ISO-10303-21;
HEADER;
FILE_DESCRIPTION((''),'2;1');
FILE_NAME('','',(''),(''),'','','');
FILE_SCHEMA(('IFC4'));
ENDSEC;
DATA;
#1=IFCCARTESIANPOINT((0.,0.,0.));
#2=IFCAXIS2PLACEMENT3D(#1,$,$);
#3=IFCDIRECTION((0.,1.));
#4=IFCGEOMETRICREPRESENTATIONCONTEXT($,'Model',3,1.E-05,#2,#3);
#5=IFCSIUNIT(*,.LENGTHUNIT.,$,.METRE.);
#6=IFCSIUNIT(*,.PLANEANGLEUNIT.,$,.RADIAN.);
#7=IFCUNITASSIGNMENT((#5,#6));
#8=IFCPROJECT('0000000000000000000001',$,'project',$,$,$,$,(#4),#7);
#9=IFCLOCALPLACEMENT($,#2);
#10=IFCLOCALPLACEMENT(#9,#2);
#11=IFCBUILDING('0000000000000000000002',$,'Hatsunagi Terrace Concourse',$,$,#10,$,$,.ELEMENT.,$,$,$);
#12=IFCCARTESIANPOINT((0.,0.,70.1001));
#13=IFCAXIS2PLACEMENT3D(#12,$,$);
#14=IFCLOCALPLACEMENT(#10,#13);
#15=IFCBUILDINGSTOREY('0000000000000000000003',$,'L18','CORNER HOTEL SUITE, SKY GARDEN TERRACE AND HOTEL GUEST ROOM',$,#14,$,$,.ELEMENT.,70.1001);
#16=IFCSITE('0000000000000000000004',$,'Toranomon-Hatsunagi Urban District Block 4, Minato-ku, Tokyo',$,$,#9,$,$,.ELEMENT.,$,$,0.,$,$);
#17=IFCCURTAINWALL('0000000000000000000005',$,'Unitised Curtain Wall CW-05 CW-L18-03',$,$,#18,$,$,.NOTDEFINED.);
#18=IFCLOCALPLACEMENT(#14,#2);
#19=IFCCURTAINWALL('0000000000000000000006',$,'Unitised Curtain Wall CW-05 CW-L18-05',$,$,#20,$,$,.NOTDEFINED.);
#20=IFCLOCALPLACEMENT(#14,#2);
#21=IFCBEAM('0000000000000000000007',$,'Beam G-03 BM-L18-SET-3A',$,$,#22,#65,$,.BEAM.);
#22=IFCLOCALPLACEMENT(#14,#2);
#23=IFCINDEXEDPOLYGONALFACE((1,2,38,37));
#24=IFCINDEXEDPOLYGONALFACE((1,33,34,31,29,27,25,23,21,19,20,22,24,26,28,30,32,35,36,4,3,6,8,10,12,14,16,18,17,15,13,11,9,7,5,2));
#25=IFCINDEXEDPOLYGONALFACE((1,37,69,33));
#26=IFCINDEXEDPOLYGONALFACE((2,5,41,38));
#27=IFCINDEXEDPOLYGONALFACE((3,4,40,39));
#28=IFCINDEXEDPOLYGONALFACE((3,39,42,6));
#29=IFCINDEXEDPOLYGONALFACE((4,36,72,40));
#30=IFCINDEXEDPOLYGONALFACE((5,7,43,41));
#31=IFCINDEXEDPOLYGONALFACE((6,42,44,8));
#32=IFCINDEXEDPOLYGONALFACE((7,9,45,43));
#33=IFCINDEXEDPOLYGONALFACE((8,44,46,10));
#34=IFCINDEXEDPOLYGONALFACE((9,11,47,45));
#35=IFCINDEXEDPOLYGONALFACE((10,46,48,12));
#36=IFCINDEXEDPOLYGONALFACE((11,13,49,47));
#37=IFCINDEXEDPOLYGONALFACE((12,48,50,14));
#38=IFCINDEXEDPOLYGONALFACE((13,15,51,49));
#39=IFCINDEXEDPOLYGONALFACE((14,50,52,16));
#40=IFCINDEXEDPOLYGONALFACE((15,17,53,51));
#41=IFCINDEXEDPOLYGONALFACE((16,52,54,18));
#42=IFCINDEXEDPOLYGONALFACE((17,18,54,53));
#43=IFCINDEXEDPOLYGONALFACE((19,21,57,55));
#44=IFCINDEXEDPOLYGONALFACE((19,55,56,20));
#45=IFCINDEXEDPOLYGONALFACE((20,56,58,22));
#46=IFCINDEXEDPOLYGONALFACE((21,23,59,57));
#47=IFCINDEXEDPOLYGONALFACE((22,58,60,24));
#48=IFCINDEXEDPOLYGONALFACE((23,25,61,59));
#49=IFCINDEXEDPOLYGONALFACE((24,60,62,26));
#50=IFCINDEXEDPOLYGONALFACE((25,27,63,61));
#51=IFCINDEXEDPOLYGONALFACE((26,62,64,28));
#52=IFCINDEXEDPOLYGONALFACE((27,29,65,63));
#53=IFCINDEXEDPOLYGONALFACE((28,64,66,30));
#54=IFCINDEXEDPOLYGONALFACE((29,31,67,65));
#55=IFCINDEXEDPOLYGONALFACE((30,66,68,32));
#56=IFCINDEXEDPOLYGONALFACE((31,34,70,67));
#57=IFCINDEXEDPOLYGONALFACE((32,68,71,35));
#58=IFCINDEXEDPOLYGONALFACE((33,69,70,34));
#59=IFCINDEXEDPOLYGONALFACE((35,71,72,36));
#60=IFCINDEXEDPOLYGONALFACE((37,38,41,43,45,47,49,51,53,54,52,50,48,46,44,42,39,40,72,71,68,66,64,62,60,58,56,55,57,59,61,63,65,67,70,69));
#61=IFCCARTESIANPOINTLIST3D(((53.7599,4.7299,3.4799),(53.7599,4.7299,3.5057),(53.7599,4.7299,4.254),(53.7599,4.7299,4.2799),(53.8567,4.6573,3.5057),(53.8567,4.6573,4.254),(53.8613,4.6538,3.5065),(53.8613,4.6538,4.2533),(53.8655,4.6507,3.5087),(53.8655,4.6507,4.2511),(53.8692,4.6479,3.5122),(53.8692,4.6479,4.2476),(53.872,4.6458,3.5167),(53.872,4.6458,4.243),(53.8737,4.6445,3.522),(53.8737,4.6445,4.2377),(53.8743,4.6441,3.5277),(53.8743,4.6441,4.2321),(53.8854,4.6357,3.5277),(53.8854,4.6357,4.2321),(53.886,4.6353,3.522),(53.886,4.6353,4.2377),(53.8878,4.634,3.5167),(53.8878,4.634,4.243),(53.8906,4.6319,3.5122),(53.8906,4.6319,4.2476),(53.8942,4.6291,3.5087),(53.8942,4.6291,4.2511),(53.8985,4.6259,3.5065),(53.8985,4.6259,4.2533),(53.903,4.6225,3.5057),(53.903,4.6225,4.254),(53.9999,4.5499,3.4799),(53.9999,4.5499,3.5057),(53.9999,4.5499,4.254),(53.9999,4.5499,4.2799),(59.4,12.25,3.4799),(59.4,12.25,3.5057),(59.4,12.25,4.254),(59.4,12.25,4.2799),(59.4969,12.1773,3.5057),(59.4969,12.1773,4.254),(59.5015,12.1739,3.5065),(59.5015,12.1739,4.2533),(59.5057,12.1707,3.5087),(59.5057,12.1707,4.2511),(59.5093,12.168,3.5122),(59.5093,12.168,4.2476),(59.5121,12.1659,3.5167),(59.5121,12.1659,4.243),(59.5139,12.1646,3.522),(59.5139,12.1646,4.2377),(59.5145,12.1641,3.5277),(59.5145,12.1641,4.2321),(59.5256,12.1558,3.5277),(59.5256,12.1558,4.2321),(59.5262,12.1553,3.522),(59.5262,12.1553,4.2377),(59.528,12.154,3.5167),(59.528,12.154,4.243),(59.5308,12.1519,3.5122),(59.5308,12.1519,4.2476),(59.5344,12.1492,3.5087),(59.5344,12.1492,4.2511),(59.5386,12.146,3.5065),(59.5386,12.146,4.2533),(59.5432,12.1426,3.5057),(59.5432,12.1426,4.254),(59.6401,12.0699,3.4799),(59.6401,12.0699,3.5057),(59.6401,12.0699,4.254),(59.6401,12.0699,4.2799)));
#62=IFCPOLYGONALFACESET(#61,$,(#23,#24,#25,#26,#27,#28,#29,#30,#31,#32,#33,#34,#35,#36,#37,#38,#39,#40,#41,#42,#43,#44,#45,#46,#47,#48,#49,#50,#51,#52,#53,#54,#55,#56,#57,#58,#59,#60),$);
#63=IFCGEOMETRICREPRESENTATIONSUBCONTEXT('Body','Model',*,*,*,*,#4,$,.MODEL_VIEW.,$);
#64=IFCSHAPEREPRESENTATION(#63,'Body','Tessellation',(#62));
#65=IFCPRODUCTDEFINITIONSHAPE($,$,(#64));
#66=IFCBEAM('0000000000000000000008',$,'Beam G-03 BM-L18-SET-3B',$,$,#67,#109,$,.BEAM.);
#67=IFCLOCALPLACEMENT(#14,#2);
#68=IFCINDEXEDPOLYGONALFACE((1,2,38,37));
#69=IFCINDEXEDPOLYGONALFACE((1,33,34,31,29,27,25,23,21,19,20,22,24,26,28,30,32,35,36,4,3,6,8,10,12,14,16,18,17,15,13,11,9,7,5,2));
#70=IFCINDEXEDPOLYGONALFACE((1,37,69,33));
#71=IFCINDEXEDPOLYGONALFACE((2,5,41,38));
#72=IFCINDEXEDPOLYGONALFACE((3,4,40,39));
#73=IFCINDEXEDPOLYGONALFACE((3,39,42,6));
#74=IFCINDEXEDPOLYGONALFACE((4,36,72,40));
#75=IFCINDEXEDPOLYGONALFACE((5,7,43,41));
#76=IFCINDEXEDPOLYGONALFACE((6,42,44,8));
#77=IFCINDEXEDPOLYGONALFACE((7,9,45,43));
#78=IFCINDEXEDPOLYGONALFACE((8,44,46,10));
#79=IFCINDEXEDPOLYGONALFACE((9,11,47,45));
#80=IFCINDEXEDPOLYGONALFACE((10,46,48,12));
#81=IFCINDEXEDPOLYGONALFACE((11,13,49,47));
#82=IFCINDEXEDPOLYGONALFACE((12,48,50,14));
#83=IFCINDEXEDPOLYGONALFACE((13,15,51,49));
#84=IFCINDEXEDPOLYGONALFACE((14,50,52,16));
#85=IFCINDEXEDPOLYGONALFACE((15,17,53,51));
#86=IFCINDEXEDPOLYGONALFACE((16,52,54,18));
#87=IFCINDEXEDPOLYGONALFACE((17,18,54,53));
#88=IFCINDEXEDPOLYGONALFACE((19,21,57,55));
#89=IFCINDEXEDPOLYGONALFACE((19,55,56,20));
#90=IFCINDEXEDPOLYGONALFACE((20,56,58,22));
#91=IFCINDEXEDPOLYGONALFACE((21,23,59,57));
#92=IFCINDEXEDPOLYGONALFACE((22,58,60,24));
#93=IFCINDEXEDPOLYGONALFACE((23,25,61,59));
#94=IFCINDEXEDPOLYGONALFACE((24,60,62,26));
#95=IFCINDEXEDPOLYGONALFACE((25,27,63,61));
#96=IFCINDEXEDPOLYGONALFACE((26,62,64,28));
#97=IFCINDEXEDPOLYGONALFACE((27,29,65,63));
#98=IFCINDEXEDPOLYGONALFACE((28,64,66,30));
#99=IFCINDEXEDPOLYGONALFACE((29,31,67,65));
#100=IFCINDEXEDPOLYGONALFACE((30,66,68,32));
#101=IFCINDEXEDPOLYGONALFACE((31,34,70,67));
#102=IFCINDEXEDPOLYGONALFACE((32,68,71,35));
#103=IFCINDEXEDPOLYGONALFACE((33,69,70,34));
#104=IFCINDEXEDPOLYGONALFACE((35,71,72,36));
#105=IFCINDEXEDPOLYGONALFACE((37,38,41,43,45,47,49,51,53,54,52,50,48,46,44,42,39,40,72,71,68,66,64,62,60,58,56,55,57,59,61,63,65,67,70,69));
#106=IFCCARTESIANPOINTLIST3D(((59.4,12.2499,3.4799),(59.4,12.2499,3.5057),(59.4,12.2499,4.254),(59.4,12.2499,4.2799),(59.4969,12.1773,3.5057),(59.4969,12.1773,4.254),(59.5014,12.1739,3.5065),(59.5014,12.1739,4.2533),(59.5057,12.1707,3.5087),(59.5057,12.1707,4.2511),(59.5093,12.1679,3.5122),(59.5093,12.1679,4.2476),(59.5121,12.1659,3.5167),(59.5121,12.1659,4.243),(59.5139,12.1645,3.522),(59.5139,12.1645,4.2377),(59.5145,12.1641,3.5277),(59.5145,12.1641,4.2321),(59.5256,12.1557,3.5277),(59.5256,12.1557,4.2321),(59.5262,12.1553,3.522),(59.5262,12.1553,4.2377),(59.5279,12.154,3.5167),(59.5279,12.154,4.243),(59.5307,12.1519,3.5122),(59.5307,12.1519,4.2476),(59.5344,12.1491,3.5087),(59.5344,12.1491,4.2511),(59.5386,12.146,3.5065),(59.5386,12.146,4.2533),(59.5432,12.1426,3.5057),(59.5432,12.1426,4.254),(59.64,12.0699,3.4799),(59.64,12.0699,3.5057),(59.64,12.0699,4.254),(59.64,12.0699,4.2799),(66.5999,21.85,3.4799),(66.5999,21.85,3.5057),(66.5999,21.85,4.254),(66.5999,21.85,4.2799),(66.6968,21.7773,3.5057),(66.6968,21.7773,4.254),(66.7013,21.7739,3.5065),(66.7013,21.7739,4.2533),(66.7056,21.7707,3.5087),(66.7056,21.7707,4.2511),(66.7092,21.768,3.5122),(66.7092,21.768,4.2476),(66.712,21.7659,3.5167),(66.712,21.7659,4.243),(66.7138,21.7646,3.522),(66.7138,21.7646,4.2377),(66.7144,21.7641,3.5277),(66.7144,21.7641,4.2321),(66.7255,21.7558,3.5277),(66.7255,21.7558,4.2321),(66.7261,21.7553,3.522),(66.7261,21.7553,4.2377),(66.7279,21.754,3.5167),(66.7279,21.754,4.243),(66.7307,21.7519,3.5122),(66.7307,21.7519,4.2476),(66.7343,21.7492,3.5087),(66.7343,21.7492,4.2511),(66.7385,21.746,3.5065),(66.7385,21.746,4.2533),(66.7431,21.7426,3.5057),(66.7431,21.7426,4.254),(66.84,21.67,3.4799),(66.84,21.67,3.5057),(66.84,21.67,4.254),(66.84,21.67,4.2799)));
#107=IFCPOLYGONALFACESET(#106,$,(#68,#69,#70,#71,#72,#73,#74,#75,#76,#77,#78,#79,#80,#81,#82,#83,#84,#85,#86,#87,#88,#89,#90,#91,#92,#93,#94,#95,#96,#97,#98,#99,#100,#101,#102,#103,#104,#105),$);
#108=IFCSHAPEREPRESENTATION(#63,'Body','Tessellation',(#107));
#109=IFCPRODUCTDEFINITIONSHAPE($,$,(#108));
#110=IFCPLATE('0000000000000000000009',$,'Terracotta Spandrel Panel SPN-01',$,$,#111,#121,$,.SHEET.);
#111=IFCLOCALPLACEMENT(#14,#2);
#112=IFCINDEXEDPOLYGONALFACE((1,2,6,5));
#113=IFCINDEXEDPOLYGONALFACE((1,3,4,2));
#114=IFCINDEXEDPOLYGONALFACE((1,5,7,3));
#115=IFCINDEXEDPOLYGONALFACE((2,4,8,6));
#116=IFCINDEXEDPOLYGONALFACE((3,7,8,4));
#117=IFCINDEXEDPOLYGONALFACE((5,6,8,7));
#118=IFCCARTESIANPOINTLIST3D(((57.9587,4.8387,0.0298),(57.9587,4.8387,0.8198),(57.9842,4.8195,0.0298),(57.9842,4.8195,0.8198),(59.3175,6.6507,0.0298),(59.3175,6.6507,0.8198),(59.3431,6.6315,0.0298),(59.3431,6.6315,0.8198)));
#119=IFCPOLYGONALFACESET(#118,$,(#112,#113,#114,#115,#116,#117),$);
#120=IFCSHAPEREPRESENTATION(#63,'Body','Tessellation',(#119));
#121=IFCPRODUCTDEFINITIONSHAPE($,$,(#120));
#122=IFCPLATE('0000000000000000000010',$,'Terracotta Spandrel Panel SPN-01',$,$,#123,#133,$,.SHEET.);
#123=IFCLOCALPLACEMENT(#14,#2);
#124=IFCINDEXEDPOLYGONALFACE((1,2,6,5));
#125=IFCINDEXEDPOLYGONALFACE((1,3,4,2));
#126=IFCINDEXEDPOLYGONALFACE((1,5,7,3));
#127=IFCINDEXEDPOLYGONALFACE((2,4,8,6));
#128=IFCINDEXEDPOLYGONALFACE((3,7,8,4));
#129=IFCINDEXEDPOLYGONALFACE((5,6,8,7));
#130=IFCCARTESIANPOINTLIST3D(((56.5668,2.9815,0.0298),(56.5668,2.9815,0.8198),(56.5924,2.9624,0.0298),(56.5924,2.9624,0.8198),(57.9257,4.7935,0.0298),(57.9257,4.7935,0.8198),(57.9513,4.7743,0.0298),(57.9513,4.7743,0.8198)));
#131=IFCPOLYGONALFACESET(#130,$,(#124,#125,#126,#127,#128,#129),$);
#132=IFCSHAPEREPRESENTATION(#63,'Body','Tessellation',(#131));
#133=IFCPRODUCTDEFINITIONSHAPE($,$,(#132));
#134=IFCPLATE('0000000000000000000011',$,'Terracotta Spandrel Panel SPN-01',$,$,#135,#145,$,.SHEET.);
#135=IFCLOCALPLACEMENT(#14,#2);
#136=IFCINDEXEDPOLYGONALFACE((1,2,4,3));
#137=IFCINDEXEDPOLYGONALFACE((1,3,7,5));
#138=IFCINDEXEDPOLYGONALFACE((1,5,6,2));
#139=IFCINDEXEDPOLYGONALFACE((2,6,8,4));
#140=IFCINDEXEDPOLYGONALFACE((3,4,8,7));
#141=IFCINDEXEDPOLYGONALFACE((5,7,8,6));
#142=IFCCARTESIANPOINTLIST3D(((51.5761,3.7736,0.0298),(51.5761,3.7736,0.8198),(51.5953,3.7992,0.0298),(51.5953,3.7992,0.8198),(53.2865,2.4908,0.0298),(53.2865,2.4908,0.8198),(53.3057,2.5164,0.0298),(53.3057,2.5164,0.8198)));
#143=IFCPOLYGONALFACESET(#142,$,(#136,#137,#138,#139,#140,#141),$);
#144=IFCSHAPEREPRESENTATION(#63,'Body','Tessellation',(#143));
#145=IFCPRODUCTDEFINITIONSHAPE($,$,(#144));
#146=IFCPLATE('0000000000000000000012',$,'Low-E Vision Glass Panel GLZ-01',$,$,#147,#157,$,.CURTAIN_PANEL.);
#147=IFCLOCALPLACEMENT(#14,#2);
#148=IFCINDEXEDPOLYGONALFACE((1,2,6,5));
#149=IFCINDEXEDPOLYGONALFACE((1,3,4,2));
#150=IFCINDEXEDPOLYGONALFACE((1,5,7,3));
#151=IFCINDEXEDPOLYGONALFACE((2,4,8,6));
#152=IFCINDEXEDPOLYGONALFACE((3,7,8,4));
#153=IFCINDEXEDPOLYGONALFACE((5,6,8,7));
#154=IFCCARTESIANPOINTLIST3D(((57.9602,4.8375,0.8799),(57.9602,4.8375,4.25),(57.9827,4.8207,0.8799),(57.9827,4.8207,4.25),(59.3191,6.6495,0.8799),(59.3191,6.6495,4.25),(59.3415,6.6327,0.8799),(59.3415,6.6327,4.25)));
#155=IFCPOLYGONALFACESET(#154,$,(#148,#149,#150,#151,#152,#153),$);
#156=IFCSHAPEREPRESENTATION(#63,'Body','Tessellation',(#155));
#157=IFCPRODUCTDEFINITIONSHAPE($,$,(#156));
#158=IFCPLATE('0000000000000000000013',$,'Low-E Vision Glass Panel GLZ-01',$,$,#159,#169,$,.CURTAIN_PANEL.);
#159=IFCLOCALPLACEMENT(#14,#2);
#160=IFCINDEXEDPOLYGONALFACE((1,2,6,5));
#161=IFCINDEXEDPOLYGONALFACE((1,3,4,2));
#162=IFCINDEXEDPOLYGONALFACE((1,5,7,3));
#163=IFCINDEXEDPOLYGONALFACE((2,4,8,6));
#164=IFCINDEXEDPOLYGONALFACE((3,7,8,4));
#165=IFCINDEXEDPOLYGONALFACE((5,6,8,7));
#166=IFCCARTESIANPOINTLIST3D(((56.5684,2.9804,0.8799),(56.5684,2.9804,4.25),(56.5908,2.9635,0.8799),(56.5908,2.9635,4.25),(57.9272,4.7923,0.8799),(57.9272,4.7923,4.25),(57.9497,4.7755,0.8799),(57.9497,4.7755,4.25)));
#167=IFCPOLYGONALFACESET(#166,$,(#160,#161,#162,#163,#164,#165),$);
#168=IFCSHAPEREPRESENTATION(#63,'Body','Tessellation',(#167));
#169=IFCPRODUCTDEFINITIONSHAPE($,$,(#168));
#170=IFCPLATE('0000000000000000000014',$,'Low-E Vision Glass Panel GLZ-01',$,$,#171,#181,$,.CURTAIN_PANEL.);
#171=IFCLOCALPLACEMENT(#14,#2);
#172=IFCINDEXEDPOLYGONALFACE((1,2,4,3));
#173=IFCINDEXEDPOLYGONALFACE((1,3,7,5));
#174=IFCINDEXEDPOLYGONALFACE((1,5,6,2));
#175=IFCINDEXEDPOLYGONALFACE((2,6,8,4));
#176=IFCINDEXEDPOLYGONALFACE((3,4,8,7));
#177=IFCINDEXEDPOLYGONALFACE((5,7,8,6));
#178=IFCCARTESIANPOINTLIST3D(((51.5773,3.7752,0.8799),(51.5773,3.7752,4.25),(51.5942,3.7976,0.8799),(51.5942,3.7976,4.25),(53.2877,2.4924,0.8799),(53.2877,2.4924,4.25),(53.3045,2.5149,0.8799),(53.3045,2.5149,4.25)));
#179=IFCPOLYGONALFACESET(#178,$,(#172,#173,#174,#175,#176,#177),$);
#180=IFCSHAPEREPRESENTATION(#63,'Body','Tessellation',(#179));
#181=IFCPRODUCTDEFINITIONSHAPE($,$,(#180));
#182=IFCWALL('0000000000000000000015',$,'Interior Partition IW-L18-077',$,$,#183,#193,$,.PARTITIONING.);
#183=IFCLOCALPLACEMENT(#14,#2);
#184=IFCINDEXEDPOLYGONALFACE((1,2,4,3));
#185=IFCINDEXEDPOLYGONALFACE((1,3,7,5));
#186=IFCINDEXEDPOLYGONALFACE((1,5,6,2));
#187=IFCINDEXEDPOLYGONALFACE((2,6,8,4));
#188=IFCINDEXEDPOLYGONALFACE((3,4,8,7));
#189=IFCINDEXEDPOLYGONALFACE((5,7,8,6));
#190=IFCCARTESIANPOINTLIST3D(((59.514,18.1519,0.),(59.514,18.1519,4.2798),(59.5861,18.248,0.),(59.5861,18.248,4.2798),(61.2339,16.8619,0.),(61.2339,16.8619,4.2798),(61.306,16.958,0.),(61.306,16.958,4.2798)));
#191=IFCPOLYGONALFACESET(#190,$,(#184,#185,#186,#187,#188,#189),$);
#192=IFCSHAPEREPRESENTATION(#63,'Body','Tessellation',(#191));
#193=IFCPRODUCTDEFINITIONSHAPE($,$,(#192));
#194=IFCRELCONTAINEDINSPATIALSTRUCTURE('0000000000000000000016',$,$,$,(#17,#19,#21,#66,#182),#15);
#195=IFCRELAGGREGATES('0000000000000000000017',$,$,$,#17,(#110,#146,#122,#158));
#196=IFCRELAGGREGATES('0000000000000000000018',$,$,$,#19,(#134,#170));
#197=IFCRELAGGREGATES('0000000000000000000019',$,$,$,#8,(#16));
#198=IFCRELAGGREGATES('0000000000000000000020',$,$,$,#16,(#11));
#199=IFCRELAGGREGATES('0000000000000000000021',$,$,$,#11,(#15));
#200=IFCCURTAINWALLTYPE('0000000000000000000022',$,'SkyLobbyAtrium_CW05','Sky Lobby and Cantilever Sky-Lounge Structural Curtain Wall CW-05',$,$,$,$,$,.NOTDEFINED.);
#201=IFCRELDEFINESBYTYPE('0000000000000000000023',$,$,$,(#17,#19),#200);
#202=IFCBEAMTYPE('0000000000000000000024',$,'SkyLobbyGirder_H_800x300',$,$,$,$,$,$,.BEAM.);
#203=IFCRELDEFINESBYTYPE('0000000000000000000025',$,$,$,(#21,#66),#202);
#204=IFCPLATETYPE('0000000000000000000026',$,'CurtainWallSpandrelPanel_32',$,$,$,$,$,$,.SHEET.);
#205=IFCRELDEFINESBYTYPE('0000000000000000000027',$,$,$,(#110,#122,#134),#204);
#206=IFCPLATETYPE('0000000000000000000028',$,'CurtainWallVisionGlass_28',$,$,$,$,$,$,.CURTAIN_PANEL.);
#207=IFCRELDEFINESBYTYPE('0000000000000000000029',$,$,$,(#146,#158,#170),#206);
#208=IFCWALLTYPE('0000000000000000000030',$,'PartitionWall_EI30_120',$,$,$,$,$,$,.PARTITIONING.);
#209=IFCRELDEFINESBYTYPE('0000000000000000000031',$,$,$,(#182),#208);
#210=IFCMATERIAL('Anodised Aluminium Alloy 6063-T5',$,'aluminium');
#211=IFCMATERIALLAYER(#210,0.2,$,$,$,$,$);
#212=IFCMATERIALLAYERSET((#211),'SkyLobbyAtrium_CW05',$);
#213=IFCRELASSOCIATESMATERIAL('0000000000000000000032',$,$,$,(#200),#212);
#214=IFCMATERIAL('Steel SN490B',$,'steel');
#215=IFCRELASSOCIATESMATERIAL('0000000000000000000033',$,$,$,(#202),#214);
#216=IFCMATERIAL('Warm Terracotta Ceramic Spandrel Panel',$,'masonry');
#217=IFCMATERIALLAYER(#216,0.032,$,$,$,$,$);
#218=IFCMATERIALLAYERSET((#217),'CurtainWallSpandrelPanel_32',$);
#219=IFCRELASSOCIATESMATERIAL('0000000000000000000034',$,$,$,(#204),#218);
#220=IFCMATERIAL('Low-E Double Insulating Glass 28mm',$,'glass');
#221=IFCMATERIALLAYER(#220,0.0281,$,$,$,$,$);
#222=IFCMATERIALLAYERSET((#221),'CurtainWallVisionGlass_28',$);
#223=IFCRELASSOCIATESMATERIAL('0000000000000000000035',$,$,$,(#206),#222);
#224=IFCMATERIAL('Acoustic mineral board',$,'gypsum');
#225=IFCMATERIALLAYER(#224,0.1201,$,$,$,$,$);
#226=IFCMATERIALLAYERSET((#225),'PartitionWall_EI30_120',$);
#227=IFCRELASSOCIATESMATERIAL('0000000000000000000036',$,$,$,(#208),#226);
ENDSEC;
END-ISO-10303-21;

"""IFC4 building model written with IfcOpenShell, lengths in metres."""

from ifc_helpers import new_model, si_unit, direction, frame, frame_2d, origin, origin_2d, place, context, subcontext, project, spatial, rectangle, i_section, extrude, material, layer, layer_set, material_profile, profile_set, type_object, element, aggregate, save


model = new_model("IFC4")

# Units and contexts
model_context = context("Model", 3, precision=1e-05, world=origin(), true_north=direction((0.0, 1.0)))
body_context = subcontext(model_context, "Body", "Model", "MODEL_VIEW")
ifc_project = project(units=[si_unit("LENGTHUNIT", "METRE"), si_unit("PLANEANGLEUNIT", "RADIAN")], contexts=[model_context])

# Site, building, storey
site_placement = place(None, origin())
site = spatial("IfcSite", under=ifc_project, at=site_placement, Name="Toranomon-Hatsunagi Urban District Block 4, Minato-ku, Tokyo", CompositionType="ELEMENT", RefElevation=0.0)
building_placement = place(site_placement, origin())
building = spatial("IfcBuilding", under=site, at=building_placement, Name="Hatsunagi Terrace Concourse", CompositionType="ELEMENT")
storey_placement = place(building_placement, frame((0.0, 0.0, 70.1001)))
storey = spatial("IfcBuildingStorey", under=building, at=storey_placement, Name="L18", Description="CORNER HOTEL SUITE, SKY GARDEN TERRACE AND HOTEL GUEST ROOM", CompositionType="ELEMENT", Elevation=70.1001)

# Curtain walls
ifc_material_1 = material(Name="Anodised Aluminium Alloy 6063-T5", Category="aluminium")
ifc_layer_1 = layer(ifc_material_1, 0.2)
ifc_layer_set_1 = layer_set([ifc_layer_1], Name="SkyLobbyAtrium_CW05")
curtain_wall_type = type_object("IfcCurtainWallType", Name="SkyLobbyAtrium_CW05", Description="Sky Lobby and Cantilever Sky-Lounge Structural Curtain Wall CW-05", PredefinedType="NOTDEFINED", material=ifc_layer_set_1)
curtain_wall_1_placement = place(storey_placement, origin())
curtain_wall_1 = element("IfcCurtainWall", 1, at=curtain_wall_1_placement, inside=storey, type_object=curtain_wall_type, Name="Unitised Curtain Wall CW-05 CW-L18-03", PredefinedType="NOTDEFINED")
curtain_wall_2_placement = place(storey_placement, origin())
curtain_wall_2 = element("IfcCurtainWall", 2, at=curtain_wall_2_placement, inside=storey, type_object=curtain_wall_type, Name="Unitised Curtain Wall CW-05 CW-L18-05", PredefinedType="NOTDEFINED")

# Beams
ifc_material_2 = material(Name="Steel SN490B", Category="steel")
ifc_material_profile_1 = material_profile(ifc_material_2, i_section(OverallWidth=0.3, OverallDepth=0.8, WebThickness=0.0139, FlangeThickness=0.0259, FilletRadius=0.022, at=origin_2d()), Name="H-800x300x14x26")
ifc_profile_set_1 = profile_set([ifc_material_profile_1], Name="Steel SN490B")
beam_type = type_object("IfcBeamType", Name="SkyLobbyGirder_H_800x300", PredefinedType="BEAM", material=ifc_profile_set_1)
beam_1_placement = place(storey_placement, frame((53.8799, 4.6399, 3.8799), z_axis=(0.600008, 0.799994, 0.0), x_axis=(-0.799994, 0.600008, 0.0)))
element("IfcBeam", 3, at=beam_1_placement, inside=storey, type_object=beam_type, Name="Beam G-03 BM-L18-SET-3A", PredefinedType="BEAM", context=body_context, shape_type="SweptSolid", body=[
    extrude(i_section(OverallWidth=0.3, OverallDepth=0.8, WebThickness=0.0139, FlangeThickness=0.0259, FilletRadius=0.022, at=origin_2d()), origin(), (0.0, 0.0, 1.0), 9.4001),
])
beam_2_placement = place(storey_placement, frame((59.52, 12.1599, 3.8799), z_axis=(0.599993, 0.800005, 0.0), x_axis=(-0.800005, 0.599993, 0.0)))
element("IfcBeam", 4, at=beam_2_placement, inside=storey, type_object=beam_type, Name="Beam G-03 BM-L18-SET-3B", PredefinedType="BEAM", context=body_context, shape_type="SweptSolid", body=[
    extrude(i_section(OverallWidth=0.3, OverallDepth=0.8, WebThickness=0.0139, FlangeThickness=0.0259, FilletRadius=0.022, at=origin_2d()), origin(), (0.0, 0.0, 1.0), 12.0),
])

# Plates
ifc_material_3 = material(Name="Warm Terracotta Ceramic Spandrel Panel", Category="masonry")
ifc_layer_2 = layer(ifc_material_3, 0.032)
ifc_layer_set_2 = layer_set([ifc_layer_2], Name="CurtainWallSpandrelPanel_32")
plate_type_1 = type_object("IfcPlateType", Name="CurtainWallSpandrelPanel_32", PredefinedType="SHEET", material=ifc_layer_set_2)
plate_1_placement = place(storey_placement, frame((58.6509, 5.7351, 0.0298), z_axis=(0.0, 0.0, 1.0), x_axis=(-0.599969, -0.800023, 0.0)))
plate_1 = element("IfcPlate", 5, at=plate_1_placement, type_object=plate_type_1, Name="Terracotta Spandrel Panel SPN-01", PredefinedType="SHEET", context=body_context, shape_type="SweptSolid", body=[
    extrude(rectangle(XDim=2.2649, YDim=0.032, at=origin_2d()), origin(), (0.0, 0.0, 1.0), 0.79),
])
plate_2_placement = place(storey_placement, frame((57.259, 3.8779, 0.0298), z_axis=(0.0, 0.0, 1.0), x_axis=(-0.599969, -0.800023, 0.0)))
plate_2 = element("IfcPlate", 6, at=plate_2_placement, type_object=plate_type_1, Name="Terracotta Spandrel Panel SPN-01", PredefinedType="SHEET", context=body_context, shape_type="SweptSolid", body=[
    extrude(rectangle(XDim=2.2649, YDim=0.032, at=origin_2d()), origin(), (0.0, 0.0, 1.0), 0.79),
])
plate_3_placement = place(storey_placement, frame((52.4409, 3.145, 0.0298), z_axis=(0.0, 0.0, 1.0), x_axis=(-0.800003, 0.599996, 0.0)))
plate_3 = element("IfcPlate", 7, at=plate_3_placement, type_object=plate_type_1, Name="Terracotta Spandrel Panel SPN-01", PredefinedType="SHEET", context=body_context, shape_type="SweptSolid", body=[
    extrude(rectangle(XDim=2.1379, YDim=0.032, at=origin_2d()), origin(), (0.0, 0.0, 1.0), 0.79),
])
ifc_material_4 = material(Name="Low-E Double Insulating Glass 28mm", Category="glass")
ifc_layer_3 = layer(ifc_material_4, 0.0281)
ifc_layer_set_3 = layer_set([ifc_layer_3], Name="CurtainWallVisionGlass_28")
plate_type_2 = type_object("IfcPlateType", Name="CurtainWallVisionGlass_28", PredefinedType="CURTAIN_PANEL", material=ifc_layer_set_3)
plate_4_placement = place(storey_placement, frame((58.6509, 5.7351, 0.8799), z_axis=(0.0, 0.0, 1.0), x_axis=(-0.599969, -0.800023, 0.0)))
plate_4 = element("IfcPlate", 8, at=plate_4_placement, type_object=plate_type_2, Name="Low-E Vision Glass Panel GLZ-01", PredefinedType="CURTAIN_PANEL", context=body_context, shape_type="SweptSolid", body=[
    extrude(rectangle(XDim=2.2649, YDim=0.0281, at=origin_2d()), origin(), (0.0, 0.0, 1.0), 3.3701),
])
plate_5_placement = place(storey_placement, frame((57.259, 3.8779, 0.8799), z_axis=(0.0, 0.0, 1.0), x_axis=(-0.599969, -0.800023, 0.0)))
plate_5 = element("IfcPlate", 9, at=plate_5_placement, type_object=plate_type_2, Name="Low-E Vision Glass Panel GLZ-01", PredefinedType="CURTAIN_PANEL", context=body_context, shape_type="SweptSolid", body=[
    extrude(rectangle(XDim=2.2649, YDim=0.0281, at=origin_2d()), origin(), (0.0, 0.0, 1.0), 3.3701),
])
aggregate(curtain_wall_1, [plate_1, plate_4, plate_2, plate_5])
plate_6_placement = place(storey_placement, frame((52.4409, 3.145, 0.8799), z_axis=(0.0, 0.0, 1.0), x_axis=(-0.800003, 0.599996, 0.0)))
plate_6 = element("IfcPlate", 10, at=plate_6_placement, type_object=plate_type_2, Name="Low-E Vision Glass Panel GLZ-01", PredefinedType="CURTAIN_PANEL", context=body_context, shape_type="SweptSolid", body=[
    extrude(rectangle(XDim=2.1379, YDim=0.0281, at=origin_2d()), origin(), (0.0, 0.0, 1.0), 3.3701),
])
aggregate(curtain_wall_2, [plate_3, plate_6])

# Wall
ifc_material_5 = material(Name="Acoustic mineral board", Category="gypsum")
ifc_layer_4 = layer(ifc_material_5, 0.1201)
ifc_layer_set_4 = layer_set([ifc_layer_4], Name="PartitionWall_EI30_120")
wall_type_1 = type_object("IfcWallType", Name="PartitionWall_EI30_120", PredefinedType="PARTITIONING", material=ifc_layer_set_4)
wall_1_placement = place(storey_placement, frame((59.55, 18.2, 0.0), z_axis=(0.0, 0.0, 1.0), x_axis=(0.799986, -0.600018, 0.0)))
element("IfcWall", 11, at=wall_1_placement, inside=storey, type_object=wall_type_1, Name="Interior Partition IW-L18-077", PredefinedType="PARTITIONING", context=body_context, shape_type="SweptSolid", body=[
    extrude(rectangle(XDim=2.1499, YDim=0.1201, at=frame_2d((1.075, 0.0))), origin(), (0.0, 0.0, 1.0), 4.2798),
])

save(model, "model.ifc")
